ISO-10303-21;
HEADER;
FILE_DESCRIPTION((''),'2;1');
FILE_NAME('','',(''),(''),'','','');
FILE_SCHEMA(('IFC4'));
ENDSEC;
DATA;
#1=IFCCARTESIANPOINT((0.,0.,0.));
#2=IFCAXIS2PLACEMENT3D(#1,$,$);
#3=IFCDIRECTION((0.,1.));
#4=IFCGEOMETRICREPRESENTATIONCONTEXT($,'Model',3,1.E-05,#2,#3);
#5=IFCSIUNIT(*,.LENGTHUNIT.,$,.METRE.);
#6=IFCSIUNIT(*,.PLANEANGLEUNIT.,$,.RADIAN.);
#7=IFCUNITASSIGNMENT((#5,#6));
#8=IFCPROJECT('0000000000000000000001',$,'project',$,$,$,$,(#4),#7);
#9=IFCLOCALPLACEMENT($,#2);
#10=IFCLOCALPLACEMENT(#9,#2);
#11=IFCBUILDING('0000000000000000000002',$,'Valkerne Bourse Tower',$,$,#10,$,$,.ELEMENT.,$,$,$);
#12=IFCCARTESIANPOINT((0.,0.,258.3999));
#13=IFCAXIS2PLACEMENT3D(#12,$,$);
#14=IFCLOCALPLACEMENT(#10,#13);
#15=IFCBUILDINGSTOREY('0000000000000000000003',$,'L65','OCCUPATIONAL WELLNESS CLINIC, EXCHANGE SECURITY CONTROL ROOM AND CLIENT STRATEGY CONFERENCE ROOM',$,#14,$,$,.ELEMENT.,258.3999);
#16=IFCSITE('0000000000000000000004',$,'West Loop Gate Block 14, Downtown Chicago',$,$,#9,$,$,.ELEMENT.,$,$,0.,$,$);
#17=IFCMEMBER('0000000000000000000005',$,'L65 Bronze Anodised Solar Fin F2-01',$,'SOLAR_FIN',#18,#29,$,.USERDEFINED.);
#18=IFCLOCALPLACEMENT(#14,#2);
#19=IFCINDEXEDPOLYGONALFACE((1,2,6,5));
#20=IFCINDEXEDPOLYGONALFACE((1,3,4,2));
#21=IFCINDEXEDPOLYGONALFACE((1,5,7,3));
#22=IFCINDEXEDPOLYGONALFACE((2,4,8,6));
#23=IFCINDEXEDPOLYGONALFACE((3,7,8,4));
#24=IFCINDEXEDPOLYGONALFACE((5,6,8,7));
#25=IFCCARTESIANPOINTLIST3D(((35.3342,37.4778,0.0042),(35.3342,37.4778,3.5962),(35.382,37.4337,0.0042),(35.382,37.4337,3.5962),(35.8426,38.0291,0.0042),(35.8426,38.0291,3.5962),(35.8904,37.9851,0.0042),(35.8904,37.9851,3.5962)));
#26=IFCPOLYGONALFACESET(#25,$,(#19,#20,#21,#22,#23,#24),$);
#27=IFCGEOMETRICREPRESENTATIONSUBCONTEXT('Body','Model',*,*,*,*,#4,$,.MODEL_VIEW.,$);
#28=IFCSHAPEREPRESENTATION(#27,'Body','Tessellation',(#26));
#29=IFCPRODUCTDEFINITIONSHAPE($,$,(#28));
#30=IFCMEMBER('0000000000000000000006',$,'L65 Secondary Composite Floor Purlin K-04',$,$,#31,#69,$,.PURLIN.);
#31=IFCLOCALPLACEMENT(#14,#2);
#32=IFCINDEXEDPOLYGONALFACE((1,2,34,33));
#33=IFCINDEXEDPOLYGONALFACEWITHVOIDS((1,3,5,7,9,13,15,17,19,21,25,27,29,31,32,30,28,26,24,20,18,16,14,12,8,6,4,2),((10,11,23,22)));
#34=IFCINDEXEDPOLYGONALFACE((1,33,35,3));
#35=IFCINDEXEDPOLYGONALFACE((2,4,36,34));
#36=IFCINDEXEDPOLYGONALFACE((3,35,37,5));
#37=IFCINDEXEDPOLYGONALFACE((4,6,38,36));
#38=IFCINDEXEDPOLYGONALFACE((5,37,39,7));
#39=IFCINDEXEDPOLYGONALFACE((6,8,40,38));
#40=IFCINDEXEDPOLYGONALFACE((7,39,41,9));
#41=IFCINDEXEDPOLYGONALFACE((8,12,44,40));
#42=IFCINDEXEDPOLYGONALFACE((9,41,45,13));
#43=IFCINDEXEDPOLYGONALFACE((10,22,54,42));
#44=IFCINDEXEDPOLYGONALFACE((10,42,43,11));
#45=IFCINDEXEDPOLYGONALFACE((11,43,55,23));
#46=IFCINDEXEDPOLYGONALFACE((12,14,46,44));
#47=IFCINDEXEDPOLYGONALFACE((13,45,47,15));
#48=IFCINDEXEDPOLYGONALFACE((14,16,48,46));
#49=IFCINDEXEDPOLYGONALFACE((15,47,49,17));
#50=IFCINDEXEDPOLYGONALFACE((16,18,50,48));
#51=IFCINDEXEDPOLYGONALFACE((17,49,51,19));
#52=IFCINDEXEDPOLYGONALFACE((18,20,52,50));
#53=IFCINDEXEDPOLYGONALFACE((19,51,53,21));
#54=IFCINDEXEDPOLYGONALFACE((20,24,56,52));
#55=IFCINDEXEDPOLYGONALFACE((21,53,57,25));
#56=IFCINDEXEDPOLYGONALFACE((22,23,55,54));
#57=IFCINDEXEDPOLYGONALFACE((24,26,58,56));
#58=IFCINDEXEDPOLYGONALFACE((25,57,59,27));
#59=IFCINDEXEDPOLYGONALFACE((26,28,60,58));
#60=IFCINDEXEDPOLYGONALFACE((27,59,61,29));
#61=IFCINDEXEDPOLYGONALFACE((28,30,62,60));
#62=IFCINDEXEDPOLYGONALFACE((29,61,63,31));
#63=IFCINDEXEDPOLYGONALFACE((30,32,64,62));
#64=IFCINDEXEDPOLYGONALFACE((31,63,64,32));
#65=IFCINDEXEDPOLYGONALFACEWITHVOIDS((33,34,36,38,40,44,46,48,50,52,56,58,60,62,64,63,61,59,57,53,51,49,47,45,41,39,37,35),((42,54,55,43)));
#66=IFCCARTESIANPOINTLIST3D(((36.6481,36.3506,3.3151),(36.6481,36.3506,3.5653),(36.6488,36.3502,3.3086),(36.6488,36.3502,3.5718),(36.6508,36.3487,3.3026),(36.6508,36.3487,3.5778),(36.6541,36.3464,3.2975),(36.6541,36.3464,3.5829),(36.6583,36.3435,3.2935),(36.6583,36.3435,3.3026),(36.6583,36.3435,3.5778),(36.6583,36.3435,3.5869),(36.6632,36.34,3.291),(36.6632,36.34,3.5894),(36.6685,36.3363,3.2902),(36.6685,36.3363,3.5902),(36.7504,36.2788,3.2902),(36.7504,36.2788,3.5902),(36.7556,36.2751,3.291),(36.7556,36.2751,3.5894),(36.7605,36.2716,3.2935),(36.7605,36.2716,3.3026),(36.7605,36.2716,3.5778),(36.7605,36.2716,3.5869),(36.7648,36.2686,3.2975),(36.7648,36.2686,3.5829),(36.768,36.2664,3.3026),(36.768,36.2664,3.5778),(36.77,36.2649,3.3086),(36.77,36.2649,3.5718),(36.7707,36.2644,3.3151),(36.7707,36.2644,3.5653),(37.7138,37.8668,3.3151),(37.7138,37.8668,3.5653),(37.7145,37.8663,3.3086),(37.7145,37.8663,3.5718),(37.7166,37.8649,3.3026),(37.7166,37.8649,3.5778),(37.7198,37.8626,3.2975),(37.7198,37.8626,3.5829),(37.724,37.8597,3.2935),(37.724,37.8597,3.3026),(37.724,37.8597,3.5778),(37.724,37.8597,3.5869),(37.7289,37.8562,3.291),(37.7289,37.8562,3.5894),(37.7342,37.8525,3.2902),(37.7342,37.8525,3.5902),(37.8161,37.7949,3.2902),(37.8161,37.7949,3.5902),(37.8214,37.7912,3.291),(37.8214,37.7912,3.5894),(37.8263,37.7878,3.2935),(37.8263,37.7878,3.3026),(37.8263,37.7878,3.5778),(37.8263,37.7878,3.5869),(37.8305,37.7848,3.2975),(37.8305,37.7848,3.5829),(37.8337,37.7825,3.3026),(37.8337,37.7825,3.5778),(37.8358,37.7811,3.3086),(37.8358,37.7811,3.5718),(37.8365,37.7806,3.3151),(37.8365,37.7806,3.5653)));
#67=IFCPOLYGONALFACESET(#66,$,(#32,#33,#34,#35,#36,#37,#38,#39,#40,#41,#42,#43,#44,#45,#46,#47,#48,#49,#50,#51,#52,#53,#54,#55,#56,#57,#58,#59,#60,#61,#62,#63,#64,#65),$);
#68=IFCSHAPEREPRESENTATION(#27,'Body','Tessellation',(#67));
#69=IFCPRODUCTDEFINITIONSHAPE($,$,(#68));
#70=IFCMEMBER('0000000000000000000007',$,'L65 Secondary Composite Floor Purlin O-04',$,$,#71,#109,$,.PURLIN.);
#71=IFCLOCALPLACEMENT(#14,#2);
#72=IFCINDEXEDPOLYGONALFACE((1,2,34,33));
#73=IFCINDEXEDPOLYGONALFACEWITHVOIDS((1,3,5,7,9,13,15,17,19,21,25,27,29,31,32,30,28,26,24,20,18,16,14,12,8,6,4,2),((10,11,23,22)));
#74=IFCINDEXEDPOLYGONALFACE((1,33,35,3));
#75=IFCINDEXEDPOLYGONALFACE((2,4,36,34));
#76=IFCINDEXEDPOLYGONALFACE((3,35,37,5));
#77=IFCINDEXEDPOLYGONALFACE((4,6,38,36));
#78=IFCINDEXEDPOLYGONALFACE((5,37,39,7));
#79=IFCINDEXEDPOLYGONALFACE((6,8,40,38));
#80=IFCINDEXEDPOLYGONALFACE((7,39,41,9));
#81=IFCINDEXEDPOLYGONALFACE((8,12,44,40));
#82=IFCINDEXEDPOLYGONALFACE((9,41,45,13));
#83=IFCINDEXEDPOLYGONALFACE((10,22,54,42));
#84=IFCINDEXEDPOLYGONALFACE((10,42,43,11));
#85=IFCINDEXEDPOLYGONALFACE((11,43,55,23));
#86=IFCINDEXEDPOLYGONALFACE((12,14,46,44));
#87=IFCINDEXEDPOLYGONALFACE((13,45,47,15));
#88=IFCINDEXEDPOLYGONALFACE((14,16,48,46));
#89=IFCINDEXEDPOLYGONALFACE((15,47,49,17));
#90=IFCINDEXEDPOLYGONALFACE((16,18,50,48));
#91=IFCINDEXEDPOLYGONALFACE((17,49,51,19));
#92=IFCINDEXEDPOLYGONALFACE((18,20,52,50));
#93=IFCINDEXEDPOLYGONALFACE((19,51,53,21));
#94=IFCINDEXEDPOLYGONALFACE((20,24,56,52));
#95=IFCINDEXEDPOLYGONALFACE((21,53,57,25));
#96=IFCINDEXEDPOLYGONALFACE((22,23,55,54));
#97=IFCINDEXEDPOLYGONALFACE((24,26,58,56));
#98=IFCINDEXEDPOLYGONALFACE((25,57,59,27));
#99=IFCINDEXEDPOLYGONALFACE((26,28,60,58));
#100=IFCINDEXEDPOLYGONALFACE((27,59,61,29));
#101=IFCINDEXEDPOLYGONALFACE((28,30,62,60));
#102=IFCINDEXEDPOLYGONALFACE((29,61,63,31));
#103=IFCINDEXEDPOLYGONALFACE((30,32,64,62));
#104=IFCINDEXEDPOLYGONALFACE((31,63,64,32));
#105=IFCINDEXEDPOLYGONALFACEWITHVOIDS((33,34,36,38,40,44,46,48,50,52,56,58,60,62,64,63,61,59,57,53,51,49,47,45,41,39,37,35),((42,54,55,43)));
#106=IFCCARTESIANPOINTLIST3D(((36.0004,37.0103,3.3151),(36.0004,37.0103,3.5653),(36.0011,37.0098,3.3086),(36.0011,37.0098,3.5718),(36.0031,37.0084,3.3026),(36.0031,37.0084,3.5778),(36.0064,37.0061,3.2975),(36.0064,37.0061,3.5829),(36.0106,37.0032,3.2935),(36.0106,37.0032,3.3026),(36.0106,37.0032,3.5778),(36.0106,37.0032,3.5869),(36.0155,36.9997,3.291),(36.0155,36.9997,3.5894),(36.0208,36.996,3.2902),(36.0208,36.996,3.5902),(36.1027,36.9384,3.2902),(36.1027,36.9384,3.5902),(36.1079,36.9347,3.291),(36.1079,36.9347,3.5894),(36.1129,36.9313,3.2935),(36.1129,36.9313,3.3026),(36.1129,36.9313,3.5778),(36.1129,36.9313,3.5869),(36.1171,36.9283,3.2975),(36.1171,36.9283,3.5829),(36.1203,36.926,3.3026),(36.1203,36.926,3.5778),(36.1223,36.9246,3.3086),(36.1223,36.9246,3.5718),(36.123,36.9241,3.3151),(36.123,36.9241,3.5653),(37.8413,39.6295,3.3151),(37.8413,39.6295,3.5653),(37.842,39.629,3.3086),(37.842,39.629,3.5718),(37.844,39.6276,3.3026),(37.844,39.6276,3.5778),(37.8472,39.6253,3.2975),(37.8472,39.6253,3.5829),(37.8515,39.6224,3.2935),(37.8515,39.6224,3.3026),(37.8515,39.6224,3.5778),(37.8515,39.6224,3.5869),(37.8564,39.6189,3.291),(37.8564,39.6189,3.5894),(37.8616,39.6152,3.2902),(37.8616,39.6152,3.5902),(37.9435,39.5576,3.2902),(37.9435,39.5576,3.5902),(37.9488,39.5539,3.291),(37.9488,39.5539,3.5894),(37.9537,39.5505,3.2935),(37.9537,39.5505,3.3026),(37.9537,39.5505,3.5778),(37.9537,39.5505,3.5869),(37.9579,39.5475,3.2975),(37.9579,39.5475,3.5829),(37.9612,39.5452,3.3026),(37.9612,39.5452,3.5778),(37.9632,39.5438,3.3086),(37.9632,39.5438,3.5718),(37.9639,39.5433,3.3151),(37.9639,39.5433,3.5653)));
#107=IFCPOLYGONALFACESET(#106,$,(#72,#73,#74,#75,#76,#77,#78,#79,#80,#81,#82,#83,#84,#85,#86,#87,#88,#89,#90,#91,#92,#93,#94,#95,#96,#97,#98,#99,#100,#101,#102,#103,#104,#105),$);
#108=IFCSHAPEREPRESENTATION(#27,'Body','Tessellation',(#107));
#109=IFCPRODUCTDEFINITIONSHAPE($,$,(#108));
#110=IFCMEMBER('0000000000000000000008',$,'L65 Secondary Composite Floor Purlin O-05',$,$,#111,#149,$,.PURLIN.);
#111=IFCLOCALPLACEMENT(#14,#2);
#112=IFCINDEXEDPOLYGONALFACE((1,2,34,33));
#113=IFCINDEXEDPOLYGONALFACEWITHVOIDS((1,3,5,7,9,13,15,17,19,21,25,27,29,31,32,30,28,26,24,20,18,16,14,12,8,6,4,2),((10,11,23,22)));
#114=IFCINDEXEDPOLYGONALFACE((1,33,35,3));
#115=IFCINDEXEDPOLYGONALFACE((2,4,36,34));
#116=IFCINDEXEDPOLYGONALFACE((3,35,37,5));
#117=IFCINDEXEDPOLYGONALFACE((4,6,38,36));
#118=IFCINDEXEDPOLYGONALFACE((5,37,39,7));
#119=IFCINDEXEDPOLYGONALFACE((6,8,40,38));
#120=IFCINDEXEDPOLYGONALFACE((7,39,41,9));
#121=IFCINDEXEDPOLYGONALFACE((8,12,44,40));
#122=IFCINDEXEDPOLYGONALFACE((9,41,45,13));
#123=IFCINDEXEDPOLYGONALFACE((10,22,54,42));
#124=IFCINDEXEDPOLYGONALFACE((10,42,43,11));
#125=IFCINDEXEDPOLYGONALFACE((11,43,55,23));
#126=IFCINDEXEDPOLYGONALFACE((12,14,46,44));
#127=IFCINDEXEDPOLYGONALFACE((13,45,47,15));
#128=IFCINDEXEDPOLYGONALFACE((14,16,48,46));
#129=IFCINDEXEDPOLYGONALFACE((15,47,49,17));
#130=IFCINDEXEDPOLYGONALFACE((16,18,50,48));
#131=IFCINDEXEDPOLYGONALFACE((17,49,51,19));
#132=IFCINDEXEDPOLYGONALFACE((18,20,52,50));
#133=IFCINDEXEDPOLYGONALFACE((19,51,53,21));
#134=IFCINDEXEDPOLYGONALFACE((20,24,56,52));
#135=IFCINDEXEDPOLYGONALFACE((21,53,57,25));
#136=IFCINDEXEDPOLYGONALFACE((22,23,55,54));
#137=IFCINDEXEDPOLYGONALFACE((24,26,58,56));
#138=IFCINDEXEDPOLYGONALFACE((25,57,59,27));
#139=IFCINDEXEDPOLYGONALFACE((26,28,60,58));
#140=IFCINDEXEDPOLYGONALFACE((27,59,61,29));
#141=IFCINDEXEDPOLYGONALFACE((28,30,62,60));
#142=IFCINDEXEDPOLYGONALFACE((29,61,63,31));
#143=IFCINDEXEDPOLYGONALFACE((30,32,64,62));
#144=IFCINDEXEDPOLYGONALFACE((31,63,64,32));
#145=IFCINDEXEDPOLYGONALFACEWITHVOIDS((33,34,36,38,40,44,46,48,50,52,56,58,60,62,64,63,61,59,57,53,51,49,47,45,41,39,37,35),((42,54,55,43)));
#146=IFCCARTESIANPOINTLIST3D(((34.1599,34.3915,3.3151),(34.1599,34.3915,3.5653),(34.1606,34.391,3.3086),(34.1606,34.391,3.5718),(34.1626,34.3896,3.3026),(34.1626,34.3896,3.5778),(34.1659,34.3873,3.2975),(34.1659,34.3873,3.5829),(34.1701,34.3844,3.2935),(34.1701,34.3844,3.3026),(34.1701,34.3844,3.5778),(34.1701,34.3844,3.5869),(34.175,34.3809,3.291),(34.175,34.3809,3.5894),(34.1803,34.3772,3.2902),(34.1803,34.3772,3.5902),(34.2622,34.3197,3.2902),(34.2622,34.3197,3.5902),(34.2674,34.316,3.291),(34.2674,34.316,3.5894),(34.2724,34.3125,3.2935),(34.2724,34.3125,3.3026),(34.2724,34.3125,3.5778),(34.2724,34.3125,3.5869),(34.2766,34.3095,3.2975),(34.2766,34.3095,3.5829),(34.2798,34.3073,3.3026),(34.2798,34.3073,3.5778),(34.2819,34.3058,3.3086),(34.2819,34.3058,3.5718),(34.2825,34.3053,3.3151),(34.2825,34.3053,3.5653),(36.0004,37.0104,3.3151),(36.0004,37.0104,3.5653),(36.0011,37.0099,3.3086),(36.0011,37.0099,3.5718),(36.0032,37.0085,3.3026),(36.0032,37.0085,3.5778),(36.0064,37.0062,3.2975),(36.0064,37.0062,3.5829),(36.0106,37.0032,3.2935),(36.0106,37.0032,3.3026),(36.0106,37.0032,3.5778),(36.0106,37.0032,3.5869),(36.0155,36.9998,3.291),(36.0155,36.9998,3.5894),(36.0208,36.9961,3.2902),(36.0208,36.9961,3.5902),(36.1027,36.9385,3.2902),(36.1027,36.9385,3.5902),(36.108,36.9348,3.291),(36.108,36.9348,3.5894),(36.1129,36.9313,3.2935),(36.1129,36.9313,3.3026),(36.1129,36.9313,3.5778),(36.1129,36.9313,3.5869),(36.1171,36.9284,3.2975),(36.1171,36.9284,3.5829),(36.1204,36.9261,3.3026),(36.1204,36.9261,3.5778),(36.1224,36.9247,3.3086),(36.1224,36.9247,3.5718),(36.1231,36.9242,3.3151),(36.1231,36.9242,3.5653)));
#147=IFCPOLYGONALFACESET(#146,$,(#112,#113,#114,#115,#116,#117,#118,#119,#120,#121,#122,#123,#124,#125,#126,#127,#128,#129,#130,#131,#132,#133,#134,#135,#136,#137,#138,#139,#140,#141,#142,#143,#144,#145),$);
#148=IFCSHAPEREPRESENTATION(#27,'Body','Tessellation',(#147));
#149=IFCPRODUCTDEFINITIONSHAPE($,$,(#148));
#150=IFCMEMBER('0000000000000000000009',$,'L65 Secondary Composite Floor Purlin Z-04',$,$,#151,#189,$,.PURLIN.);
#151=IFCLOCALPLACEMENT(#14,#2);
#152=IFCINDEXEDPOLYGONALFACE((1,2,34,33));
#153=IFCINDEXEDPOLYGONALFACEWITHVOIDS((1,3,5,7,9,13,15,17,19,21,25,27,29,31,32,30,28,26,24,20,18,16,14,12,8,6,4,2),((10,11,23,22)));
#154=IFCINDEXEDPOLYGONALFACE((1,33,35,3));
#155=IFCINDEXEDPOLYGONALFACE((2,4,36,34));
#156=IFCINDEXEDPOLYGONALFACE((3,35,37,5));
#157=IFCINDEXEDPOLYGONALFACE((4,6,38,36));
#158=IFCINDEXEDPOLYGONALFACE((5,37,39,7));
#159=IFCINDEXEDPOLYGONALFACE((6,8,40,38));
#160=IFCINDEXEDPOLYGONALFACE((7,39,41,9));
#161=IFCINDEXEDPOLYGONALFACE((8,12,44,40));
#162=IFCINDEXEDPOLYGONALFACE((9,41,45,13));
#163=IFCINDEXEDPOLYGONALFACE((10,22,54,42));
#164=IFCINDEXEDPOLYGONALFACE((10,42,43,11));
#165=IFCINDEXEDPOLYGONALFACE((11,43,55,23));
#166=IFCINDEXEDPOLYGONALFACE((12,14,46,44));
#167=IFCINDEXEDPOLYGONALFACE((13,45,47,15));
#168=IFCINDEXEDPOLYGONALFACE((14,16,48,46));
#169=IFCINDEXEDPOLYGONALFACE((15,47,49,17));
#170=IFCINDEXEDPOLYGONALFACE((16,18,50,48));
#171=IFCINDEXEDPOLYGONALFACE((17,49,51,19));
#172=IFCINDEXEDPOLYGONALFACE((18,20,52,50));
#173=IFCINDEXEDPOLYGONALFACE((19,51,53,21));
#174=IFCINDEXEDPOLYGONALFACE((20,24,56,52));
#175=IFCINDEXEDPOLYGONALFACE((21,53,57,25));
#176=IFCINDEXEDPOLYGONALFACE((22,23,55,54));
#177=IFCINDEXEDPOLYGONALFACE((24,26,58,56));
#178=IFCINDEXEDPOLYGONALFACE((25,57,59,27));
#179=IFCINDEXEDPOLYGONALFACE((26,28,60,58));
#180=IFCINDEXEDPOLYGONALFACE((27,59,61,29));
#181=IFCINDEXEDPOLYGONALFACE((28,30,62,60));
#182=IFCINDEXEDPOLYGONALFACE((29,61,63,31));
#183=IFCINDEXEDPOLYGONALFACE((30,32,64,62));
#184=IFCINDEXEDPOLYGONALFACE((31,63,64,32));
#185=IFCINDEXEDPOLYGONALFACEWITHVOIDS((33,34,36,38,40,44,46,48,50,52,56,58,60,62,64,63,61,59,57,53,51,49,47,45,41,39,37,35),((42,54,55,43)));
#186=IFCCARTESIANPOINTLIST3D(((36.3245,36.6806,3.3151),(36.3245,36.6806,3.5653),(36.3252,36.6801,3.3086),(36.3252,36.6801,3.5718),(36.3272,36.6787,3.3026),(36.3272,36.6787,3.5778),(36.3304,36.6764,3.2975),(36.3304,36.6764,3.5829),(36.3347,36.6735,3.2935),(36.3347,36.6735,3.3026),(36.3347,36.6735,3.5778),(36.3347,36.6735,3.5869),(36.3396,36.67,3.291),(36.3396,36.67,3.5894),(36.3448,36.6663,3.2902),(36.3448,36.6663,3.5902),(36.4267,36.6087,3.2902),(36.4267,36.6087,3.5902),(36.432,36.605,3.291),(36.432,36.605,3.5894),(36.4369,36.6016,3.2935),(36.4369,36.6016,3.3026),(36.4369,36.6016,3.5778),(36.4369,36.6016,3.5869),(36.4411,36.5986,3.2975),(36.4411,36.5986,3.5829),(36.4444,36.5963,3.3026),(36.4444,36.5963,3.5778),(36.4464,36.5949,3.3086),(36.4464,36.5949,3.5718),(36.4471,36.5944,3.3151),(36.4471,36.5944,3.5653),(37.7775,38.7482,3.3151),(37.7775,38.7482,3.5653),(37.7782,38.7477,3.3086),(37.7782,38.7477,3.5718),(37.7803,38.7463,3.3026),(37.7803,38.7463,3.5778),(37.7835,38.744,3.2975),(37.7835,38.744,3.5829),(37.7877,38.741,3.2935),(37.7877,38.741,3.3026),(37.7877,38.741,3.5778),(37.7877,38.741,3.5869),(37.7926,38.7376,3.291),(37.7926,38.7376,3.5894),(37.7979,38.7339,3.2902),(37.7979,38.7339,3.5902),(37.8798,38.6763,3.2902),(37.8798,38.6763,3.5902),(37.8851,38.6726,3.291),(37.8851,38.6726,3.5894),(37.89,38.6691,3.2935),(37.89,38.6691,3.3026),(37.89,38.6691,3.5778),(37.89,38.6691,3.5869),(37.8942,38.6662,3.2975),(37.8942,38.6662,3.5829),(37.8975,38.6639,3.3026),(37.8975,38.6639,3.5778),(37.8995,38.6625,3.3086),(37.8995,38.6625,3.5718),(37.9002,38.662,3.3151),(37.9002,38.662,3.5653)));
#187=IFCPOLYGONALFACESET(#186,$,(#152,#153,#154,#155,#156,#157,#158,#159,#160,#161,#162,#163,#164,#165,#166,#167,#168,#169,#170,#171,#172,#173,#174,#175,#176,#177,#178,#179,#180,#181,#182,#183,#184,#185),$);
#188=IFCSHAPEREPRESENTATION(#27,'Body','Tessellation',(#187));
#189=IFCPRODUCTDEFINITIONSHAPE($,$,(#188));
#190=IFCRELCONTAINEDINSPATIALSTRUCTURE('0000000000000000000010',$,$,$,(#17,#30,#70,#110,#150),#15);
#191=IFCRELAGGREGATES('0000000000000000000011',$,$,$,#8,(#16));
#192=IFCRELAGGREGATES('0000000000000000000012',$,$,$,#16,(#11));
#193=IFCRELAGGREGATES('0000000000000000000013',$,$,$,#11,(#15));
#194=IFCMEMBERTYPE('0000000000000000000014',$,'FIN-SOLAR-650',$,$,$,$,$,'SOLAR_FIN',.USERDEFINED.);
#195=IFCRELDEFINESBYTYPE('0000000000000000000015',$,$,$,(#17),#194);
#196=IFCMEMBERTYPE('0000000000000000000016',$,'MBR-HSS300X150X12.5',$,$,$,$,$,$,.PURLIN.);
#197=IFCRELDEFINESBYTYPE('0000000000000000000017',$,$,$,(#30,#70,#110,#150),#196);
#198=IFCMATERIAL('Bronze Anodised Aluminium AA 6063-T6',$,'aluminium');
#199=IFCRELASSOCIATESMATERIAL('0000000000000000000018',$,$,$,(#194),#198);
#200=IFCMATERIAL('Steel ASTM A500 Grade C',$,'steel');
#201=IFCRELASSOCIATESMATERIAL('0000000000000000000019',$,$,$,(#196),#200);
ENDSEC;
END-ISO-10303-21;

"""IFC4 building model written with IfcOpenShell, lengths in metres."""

from ifc_helpers import new_model, si_unit, direction, frame, origin, origin_2d, place, context, subcontext, project, spatial, rectangle, hollow_rectangle, extrude, material, material_profile, profile_set, type_object, element, save


model = new_model("IFC4")

# Units and contexts
model_context = context("Model", 3, precision=1e-05, world=origin(), true_north=direction((0.0, 1.0)))
body_context = subcontext(model_context, "Body", "Model", "MODEL_VIEW")
ifc_project = project(units=[si_unit("LENGTHUNIT", "METRE"), si_unit("PLANEANGLEUNIT", "RADIAN")], contexts=[model_context])

# Site, building, storey
site_placement = place(None, origin())
site = spatial("IfcSite", under=ifc_project, at=site_placement, Name="West Loop Gate Block 14, Downtown Chicago", CompositionType="ELEMENT", RefElevation=0.0)
building_placement = place(site_placement, origin())
building = spatial("IfcBuilding", under=site, at=building_placement, Name="Valkerne Bourse Tower", CompositionType="ELEMENT")
storey_placement = place(building_placement, frame((0.0, 0.0, 258.3999)))
storey = spatial("IfcBuildingStorey", under=building, at=storey_placement, Name="L65", Description="OCCUPATIONAL WELLNESS CLINIC, EXCHANGE SECURITY CONTROL ROOM AND CLIENT STRATEGY CONFERENCE ROOM", CompositionType="ELEMENT", Elevation=258.3999)

# Members
ifc_material_1 = material(Name="Bronze Anodised Aluminium AA 6063-T6", Category="aluminium")
ifc_material_profile_1 = material_profile(ifc_material_1, rectangle(XDim=0.0649, YDim=0.75, at=origin_2d()), Name="FIN-65X750")
ifc_profile_set_1 = profile_set([ifc_material_profile_1], Name="Bronze Anodised Aluminium AA 6063-T6")
member_type_1 = type_object("IfcMemberType", Name="FIN-SOLAR-650", ElementType="SOLAR_FIN", PredefinedType="USERDEFINED", material=ifc_profile_set_1)
member_1_placement = place(storey_placement, frame((35.6123, 37.7314, 0.0042), z_axis=(0.0, 0.0, 1.0), x_axis=(-0.735159, 0.677895, 0.0)))
element("IfcMember", 1, at=member_1_placement, inside=storey, type_object=member_type_1, Name="L65 Bronze Anodised Solar Fin F2-01", ObjectType="SOLAR_FIN", PredefinedType="USERDEFINED", context=body_context, shape_type="SweptSolid", body=[
    extrude(rectangle(XDim=0.0649, YDim=0.75, at=origin_2d()), origin(), (0.0, 0.0, 1.0), 3.592),
])
ifc_material_2 = material(Name="Steel ASTM A500 Grade C", Category="steel")
ifc_material_profile_2 = material_profile(ifc_material_2, hollow_rectangle(XDim=0.1499, YDim=0.3, WallThickness=0.0125, OuterFilletRadius=0.0249, at=origin_2d()), Name="HSS300X150X12.5")
ifc_profile_set_2 = profile_set([ifc_material_profile_2], Name="Steel ASTM A500 Grade C")
member_type_2 = type_object("IfcMemberType", Name="MBR-HSS300X150X12.5", PredefinedType="PURLIN", material=ifc_profile_set_2)
member_2_placement = place(storey_placement, frame((37.7751, 37.8237, 3.4402), z_axis=(-0.575053, -0.818116, 0.0), x_axis=(0.818116, -0.575053, 0.0)))
element("IfcMember", 2, at=member_2_placement, inside=storey, type_object=member_type_2, Name="L65 Secondary Composite Floor Purlin K-04", PredefinedType="PURLIN", context=body_context, shape_type="SweptSolid", body=[
    extrude(hollow_rectangle(XDim=0.1499, YDim=0.3, WallThickness=0.0125, OuterFilletRadius=0.0249, at=origin_2d()), origin(), (0.0, 0.0, 1.0), 1.8533),
])
member_3_placement = place(storey_placement, frame((37.9026, 39.5864, 3.4402), z_axis=(-0.575017, -0.818141, 0.0), x_axis=(0.818141, -0.575017, 0.0)))
element("IfcMember", 3, at=member_3_placement, inside=storey, type_object=member_type_2, Name="L65 Secondary Composite Floor Purlin O-04", PredefinedType="PURLIN", context=body_context, shape_type="SweptSolid", body=[
    extrude(hollow_rectangle(XDim=0.1499, YDim=0.3, WallThickness=0.0125, OuterFilletRadius=0.0249, at=origin_2d()), origin(), (0.0, 0.0, 1.0), 3.2014),
])
member_4_placement = place(storey_placement, frame((36.0618, 36.9673, 3.4402), z_axis=(-0.575002, -0.818152, 0.0), x_axis=(0.818152, -0.575002, 0.0)))
element("IfcMember", 4, at=member_4_placement, inside=storey, type_object=member_type_2, Name="L65 Secondary Composite Floor Purlin O-05", PredefinedType="PURLIN", context=body_context, shape_type="SweptSolid", body=[
    extrude(hollow_rectangle(XDim=0.1499, YDim=0.3, WallThickness=0.0125, OuterFilletRadius=0.0249, at=origin_2d()), origin(), (0.0, 0.0, 1.0), 3.2009),
])
member_5_placement = place(storey_placement, frame((37.8389, 38.7051, 3.4402), z_axis=(-0.574998, -0.818155, 0.0), x_axis=(0.818155, -0.574998, 0.0)))
element("IfcMember", 5, at=member_5_placement, inside=storey, type_object=member_type_2, Name="L65 Secondary Composite Floor Purlin Z-04", PredefinedType="PURLIN", context=body_context, shape_type="SweptSolid", body=[
    extrude(hollow_rectangle(XDim=0.1499, YDim=0.3, WallThickness=0.0125, OuterFilletRadius=0.0249, at=origin_2d()), origin(), (0.0, 0.0, 1.0), 2.5271),
])

save(model, "model.ifc")
